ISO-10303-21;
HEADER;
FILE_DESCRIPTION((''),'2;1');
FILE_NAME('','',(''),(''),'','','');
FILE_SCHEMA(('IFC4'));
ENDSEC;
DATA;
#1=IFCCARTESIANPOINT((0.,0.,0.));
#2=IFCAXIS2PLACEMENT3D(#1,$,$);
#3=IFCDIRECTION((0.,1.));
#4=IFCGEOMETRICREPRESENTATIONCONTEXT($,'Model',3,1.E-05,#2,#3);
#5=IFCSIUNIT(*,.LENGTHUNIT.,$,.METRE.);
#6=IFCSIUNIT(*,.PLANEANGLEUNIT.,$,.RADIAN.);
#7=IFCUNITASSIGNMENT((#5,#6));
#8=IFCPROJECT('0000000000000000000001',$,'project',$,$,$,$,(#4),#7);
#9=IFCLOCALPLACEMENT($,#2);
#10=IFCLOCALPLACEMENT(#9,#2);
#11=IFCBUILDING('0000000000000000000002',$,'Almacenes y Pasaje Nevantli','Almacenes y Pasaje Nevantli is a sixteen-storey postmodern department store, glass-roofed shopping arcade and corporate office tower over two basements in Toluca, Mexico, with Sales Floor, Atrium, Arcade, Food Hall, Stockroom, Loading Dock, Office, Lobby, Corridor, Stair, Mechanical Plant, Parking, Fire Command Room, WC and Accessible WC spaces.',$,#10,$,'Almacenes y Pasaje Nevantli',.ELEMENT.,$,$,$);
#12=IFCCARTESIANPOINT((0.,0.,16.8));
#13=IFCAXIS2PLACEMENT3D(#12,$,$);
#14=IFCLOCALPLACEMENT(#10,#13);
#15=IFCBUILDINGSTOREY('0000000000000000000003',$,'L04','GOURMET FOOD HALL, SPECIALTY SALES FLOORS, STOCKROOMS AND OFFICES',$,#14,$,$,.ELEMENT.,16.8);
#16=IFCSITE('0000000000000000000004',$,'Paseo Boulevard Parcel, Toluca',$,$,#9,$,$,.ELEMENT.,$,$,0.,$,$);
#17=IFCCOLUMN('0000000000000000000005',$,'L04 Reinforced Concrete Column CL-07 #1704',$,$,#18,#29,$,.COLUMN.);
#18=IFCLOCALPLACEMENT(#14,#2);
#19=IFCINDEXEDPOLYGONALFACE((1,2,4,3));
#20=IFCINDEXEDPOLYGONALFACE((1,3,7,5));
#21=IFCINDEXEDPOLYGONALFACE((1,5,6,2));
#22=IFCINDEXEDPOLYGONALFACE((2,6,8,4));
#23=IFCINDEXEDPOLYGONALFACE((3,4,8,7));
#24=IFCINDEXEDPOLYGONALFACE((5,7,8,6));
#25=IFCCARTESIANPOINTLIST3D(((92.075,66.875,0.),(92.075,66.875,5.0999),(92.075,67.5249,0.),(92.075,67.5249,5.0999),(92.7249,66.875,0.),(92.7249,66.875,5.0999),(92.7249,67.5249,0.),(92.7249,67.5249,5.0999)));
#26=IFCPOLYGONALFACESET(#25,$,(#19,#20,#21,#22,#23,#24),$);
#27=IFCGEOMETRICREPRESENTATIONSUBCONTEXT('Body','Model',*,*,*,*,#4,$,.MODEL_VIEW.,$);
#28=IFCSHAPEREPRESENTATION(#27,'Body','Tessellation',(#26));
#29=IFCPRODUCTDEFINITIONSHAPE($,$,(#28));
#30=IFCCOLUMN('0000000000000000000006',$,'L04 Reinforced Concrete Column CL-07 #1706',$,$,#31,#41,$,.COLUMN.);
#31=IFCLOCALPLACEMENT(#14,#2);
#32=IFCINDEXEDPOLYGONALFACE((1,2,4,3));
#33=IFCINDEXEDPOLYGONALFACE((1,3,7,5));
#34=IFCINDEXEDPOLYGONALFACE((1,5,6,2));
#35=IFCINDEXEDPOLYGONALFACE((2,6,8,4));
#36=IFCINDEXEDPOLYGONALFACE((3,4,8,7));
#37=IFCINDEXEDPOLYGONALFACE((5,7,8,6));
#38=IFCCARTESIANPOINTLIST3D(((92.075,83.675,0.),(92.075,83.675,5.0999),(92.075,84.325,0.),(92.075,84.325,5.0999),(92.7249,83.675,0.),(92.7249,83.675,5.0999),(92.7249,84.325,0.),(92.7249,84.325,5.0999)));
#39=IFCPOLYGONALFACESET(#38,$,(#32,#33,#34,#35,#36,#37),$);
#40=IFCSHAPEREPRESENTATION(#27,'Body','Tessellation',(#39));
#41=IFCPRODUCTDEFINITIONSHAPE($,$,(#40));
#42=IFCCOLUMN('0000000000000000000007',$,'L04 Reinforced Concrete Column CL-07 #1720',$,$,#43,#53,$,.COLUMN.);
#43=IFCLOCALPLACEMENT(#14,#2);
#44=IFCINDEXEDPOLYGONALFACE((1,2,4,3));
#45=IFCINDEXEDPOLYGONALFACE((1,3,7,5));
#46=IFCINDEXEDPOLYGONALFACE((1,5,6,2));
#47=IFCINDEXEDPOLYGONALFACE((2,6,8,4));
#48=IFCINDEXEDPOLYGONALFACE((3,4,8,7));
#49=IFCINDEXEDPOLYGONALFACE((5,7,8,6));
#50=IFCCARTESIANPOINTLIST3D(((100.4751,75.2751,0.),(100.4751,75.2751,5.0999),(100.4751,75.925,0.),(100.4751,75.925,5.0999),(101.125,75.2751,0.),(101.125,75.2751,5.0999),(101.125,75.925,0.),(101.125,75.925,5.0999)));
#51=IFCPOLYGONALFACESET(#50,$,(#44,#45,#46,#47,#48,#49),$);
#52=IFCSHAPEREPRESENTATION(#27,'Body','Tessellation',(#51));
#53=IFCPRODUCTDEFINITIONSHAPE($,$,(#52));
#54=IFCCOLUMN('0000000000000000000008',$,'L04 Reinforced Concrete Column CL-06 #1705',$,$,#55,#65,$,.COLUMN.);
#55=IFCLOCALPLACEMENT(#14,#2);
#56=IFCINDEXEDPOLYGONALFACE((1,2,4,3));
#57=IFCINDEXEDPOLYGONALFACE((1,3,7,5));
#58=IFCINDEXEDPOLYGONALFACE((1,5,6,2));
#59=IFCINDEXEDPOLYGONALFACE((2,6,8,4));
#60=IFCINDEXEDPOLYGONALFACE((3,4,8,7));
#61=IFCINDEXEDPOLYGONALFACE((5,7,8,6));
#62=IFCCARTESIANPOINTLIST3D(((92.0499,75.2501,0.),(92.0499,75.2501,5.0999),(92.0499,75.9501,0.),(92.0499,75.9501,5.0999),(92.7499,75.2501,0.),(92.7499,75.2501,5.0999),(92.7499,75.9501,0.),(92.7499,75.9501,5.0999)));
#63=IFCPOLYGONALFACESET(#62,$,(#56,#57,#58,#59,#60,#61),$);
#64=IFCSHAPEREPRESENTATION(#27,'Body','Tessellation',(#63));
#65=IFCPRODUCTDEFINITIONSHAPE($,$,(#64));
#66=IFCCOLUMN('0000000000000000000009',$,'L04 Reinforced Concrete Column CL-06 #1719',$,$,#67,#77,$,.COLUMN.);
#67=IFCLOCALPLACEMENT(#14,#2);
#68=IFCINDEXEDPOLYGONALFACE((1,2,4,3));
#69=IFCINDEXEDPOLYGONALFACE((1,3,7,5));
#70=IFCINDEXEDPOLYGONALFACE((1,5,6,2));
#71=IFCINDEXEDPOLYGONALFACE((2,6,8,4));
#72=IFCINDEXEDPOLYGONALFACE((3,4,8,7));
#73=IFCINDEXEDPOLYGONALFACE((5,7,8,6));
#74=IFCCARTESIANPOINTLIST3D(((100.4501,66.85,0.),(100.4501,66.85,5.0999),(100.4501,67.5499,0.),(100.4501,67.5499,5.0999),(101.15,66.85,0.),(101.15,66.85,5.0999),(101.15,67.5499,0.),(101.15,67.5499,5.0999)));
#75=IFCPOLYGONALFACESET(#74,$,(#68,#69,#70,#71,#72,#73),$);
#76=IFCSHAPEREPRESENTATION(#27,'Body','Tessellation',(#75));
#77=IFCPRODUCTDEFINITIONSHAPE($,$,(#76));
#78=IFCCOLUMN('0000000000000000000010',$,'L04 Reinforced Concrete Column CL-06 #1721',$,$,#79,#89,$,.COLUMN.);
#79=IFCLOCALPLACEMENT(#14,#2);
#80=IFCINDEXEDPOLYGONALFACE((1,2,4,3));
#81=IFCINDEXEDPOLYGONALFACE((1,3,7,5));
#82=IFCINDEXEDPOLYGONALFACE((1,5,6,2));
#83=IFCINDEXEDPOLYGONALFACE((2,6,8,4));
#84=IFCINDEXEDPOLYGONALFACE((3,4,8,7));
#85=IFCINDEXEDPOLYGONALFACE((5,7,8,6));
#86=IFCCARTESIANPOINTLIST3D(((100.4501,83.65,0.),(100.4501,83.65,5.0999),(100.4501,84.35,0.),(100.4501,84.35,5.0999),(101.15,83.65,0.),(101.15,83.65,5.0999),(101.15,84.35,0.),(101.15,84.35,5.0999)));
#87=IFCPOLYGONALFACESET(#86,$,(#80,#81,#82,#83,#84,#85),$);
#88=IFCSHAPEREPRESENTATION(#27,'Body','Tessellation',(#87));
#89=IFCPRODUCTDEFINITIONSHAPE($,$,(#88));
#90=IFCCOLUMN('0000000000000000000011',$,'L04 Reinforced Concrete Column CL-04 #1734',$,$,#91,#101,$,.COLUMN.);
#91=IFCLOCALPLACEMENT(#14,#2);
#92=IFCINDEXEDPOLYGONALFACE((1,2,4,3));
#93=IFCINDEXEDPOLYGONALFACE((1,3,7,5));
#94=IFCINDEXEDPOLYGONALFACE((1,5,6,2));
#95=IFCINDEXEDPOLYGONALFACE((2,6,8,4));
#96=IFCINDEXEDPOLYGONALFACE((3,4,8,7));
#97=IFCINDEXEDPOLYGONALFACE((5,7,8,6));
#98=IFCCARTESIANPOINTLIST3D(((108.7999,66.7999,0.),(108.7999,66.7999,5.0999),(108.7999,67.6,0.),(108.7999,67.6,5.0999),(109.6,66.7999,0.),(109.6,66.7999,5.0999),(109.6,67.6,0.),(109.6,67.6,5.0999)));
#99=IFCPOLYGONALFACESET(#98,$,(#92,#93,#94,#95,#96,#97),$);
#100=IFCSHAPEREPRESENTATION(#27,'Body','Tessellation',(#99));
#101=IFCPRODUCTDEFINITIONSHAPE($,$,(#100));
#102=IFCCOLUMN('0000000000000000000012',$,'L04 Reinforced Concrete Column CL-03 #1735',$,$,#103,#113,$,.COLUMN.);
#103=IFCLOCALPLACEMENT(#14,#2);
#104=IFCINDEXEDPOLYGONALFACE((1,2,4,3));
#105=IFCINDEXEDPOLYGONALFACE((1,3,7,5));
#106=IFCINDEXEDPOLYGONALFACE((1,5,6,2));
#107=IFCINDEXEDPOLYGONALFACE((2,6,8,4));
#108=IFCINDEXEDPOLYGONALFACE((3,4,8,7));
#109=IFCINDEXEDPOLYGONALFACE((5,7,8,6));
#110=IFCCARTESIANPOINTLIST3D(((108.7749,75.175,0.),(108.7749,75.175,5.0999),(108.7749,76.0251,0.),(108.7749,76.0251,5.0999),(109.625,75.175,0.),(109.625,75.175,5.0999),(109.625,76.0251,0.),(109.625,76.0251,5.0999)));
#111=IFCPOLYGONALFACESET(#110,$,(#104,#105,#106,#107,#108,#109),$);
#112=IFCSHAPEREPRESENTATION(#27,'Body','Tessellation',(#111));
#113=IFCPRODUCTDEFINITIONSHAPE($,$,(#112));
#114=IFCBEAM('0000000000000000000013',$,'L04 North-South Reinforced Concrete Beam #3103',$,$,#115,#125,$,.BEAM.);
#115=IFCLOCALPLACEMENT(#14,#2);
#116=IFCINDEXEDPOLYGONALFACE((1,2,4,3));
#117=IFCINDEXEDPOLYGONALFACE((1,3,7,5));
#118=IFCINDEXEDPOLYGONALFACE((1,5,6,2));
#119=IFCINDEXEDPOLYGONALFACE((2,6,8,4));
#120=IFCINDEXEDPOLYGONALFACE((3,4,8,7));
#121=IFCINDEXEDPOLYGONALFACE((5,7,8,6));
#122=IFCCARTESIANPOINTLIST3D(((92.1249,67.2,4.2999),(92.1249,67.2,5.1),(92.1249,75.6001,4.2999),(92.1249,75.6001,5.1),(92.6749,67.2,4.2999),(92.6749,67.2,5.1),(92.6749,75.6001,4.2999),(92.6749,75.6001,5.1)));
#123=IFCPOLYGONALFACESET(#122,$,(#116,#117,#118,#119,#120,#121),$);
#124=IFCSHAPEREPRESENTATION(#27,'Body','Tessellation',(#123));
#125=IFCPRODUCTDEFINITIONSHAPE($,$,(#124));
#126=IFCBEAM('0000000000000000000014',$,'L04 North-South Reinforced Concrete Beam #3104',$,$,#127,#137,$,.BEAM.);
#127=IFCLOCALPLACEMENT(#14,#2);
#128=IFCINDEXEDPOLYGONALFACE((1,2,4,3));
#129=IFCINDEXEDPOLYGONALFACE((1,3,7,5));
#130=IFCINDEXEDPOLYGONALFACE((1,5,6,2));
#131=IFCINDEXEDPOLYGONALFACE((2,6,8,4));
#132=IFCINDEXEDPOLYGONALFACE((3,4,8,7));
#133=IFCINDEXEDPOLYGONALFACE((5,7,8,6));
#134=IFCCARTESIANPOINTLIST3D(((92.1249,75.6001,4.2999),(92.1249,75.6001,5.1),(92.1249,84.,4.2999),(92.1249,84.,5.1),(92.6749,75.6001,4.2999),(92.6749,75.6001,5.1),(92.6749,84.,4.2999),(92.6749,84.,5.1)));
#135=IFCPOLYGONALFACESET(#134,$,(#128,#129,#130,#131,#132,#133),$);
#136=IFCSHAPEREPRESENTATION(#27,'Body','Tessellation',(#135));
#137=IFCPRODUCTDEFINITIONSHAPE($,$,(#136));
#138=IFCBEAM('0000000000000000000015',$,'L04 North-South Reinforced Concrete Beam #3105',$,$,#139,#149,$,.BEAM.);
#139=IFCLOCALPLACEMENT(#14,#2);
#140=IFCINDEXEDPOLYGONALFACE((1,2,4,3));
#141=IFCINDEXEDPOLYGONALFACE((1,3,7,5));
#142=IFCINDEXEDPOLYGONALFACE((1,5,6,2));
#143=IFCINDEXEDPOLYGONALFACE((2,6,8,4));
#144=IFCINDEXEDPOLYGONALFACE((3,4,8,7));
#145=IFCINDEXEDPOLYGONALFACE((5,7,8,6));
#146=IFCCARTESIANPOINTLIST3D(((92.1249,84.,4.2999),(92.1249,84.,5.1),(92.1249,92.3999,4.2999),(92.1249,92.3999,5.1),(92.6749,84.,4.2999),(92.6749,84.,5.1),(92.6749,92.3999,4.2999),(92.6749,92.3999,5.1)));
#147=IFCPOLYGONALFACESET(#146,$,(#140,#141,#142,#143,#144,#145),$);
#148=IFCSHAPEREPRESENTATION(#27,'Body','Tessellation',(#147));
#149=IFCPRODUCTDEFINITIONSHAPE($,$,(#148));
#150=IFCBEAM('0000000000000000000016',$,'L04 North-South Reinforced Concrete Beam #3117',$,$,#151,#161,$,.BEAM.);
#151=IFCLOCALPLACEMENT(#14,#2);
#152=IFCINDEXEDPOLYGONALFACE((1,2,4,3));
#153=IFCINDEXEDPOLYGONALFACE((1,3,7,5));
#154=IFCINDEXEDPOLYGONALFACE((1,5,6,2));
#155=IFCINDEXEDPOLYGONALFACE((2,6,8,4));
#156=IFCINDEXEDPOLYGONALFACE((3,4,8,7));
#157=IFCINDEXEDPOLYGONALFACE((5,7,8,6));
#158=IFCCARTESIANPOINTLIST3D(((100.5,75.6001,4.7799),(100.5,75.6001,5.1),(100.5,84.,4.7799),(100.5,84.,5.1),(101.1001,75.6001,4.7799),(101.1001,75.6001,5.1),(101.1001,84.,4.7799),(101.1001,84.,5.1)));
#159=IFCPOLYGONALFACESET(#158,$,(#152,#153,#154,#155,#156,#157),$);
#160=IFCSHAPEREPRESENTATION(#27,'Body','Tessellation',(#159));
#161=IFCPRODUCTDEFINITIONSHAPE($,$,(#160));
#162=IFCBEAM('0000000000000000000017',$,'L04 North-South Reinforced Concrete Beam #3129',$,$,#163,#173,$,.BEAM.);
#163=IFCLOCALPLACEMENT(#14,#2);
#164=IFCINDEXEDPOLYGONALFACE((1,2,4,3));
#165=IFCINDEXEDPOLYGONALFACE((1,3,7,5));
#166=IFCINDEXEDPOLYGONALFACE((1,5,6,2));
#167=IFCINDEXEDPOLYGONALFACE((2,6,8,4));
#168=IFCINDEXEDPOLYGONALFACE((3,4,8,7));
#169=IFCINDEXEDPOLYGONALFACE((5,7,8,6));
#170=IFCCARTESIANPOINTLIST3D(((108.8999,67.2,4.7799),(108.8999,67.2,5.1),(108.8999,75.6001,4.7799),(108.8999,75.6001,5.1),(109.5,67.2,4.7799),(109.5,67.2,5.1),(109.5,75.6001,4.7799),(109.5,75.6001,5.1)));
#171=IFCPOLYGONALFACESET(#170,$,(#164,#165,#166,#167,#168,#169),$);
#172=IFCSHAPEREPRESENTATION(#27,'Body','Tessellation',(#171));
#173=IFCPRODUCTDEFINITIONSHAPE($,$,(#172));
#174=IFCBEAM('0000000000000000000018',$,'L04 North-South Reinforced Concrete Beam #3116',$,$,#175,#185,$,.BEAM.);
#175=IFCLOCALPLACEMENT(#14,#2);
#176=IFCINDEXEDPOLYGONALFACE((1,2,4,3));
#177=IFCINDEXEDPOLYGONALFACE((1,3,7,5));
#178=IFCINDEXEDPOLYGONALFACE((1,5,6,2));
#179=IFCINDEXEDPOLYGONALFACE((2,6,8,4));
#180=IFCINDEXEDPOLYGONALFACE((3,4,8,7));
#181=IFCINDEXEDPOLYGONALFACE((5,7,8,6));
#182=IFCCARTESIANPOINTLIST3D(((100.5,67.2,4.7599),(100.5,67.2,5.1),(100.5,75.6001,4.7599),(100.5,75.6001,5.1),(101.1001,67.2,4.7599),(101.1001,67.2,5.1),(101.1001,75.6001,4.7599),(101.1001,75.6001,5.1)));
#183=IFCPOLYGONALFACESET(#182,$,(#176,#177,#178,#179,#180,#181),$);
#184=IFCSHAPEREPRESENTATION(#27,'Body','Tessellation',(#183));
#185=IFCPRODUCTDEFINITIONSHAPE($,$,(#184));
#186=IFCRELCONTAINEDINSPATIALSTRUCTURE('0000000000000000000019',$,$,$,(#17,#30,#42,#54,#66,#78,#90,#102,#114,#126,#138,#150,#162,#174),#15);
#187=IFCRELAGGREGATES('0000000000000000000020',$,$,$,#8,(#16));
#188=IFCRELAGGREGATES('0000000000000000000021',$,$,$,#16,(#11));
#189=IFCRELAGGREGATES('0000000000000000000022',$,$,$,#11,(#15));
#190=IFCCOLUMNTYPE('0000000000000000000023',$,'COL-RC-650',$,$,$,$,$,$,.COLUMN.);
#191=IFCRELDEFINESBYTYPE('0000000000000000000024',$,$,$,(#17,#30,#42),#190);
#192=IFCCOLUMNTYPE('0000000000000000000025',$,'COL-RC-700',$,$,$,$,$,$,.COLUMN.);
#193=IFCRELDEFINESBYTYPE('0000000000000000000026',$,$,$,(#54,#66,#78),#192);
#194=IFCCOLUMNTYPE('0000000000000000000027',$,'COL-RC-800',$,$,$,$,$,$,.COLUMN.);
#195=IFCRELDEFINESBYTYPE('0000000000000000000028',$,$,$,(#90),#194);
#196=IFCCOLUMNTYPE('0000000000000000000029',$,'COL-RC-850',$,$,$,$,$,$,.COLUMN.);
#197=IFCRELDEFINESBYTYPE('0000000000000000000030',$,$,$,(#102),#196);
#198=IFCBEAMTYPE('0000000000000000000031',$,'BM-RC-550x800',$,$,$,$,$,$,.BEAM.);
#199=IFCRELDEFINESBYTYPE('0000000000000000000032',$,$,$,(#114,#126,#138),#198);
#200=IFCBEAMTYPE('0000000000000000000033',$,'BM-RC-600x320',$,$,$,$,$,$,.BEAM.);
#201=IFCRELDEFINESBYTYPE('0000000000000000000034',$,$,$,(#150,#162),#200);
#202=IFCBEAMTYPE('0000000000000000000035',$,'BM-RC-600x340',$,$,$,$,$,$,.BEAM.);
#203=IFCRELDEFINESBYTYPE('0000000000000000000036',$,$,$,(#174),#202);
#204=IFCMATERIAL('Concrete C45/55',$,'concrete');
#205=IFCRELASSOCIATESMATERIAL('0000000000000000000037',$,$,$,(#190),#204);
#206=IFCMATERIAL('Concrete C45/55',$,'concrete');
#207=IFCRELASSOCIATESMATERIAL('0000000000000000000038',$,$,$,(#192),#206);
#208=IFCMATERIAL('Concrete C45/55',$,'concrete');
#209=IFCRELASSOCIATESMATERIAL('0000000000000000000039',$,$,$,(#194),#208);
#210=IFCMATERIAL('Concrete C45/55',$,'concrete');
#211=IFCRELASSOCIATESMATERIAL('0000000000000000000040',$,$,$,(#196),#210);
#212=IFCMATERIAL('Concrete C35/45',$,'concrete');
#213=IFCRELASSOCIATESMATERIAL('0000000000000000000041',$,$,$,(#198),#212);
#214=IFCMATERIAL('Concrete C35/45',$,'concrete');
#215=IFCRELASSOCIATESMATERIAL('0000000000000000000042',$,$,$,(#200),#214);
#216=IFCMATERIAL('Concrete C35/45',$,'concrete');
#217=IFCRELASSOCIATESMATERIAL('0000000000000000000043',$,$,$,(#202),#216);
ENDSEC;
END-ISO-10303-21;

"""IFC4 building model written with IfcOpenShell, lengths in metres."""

from ifc_helpers import new_model, si_unit, direction, frame, origin, origin_2d, place, context, subcontext, project, spatial, rectangle, extrude, material, material_profile, profile_set, type_object, element, save


model = new_model("IFC4")

# Units and contexts
model_context = context("Model", 3, precision=1e-05, world=origin(), true_north=direction((0.0, 1.0)))
body_context = subcontext(model_context, "Body", "Model", "MODEL_VIEW")
ifc_project = project(units=[si_unit("LENGTHUNIT", "METRE"), si_unit("PLANEANGLEUNIT", "RADIAN")], contexts=[model_context])

# Site, building, storey
site_placement = place(None, origin())
site = spatial("IfcSite", under=ifc_project, at=site_placement, Name="Paseo Boulevard Parcel, Toluca", CompositionType="ELEMENT", RefElevation=0.0)
building_placement = place(site_placement, origin())
building = spatial("IfcBuilding", under=site, at=building_placement, Name="Almacenes y Pasaje Nevantli", Description="Almacenes y Pasaje Nevantli is a sixteen-storey postmodern department store, glass-roofed shopping arcade and corporate office tower over two basements in Toluca, Mexico, with Sales Floor, Atrium, Arcade, Food Hall, Stockroom, Loading Dock, Office, Lobby, Corridor, Stair, Mechanical Plant, Parking, Fire Command Room, WC and Accessible WC spaces.", LongName="Almacenes y Pasaje Nevantli", CompositionType="ELEMENT")
storey_placement = place(building_placement, frame((0.0, 0.0, 16.8)))
storey = spatial("IfcBuildingStorey", under=building, at=storey_placement, Name="L04", Description="GOURMET FOOD HALL, SPECIALTY SALES FLOORS, STOCKROOMS AND OFFICES", CompositionType="ELEMENT", Elevation=16.8)

# Columns
ifc_material_1 = material(Name="Concrete C45/55", Category="concrete")
ifc_material_profile_1 = material_profile(ifc_material_1, rectangle(XDim=0.6499, YDim=0.6499, at=origin_2d()), Name="RC-COL-650x650")
ifc_profile_set_1 = profile_set([ifc_material_profile_1], Name="Concrete C45/55")
column_type_1 = type_object("IfcColumnType", Name="COL-RC-650", PredefinedType="COLUMN", material=ifc_profile_set_1)
for number, where, z_axis, x_axis, name in (
    (1, (92.3999, 67.2, 0.0), (0.0, 0.0, 1.0), (1.0, 0.0, 0.0), "L04 Reinforced Concrete Column CL-07 #1704"),
    (2, (92.3999, 84.0, 0.0), (0.0, 0.0, 1.0), (1.0, 0.0, 0.0), "L04 Reinforced Concrete Column CL-07 #1706"),
    (3, (100.8, 75.6001, 0.0), (0.0, 0.0, 1.0), (1.0, 0.0, 0.0), "L04 Reinforced Concrete Column CL-07 #1720"),
):
    element("IfcColumn", number, at=place(storey_placement, frame(where, z_axis=z_axis, x_axis=x_axis)), inside=storey, type_object=column_type_1, Name=name, PredefinedType="COLUMN", context=body_context, shape_type="SweptSolid", body=[
        extrude(rectangle(XDim=0.6499, YDim=0.6499, at=origin_2d()), origin(), (0.0, 0.0, 1.0), 5.0999),
    ])
ifc_material_2 = material(Name="Concrete C45/55", Category="concrete")
ifc_material_profile_2 = material_profile(ifc_material_2, rectangle(XDim=0.7, YDim=0.7, at=origin_2d()), Name="RC-COL-700x700")
ifc_profile_set_2 = profile_set([ifc_material_profile_2], Name="Concrete C45/55")
column_type_2 = type_object("IfcColumnType", Name="COL-RC-700", PredefinedType="COLUMN", material=ifc_profile_set_2)
for number, where, z_axis, x_axis, name in (
    (4, (92.3999, 75.6001, 0.0), (0.0, 0.0, 1.0), (1.0, 0.0, 0.0), "L04 Reinforced Concrete Column CL-06 #1705"),
    (5, (100.8, 67.2, 0.0), (0.0, 0.0, 1.0), (1.0, 0.0, 0.0), "L04 Reinforced Concrete Column CL-06 #1719"),
    (6, (100.8, 84.0, 0.0), (0.0, 0.0, 1.0), (1.0, 0.0, 0.0), "L04 Reinforced Concrete Column CL-06 #1721"),
):
    element("IfcColumn", number, at=place(storey_placement, frame(where, z_axis=z_axis, x_axis=x_axis)), inside=storey, type_object=column_type_2, Name=name, PredefinedType="COLUMN", context=body_context, shape_type="SweptSolid", body=[
        extrude(rectangle(XDim=0.7, YDim=0.7, at=origin_2d()), origin(), (0.0, 0.0, 1.0), 5.0999),
    ])
ifc_material_3 = material(Name="Concrete C45/55", Category="concrete")
ifc_material_profile_3 = material_profile(ifc_material_3, rectangle(XDim=0.8, YDim=0.8, at=origin_2d()), Name="RC-COL-800x800")
ifc_profile_set_3 = profile_set([ifc_material_profile_3], Name="Concrete C45/55")
column_type_3 = type_object("IfcColumnType", Name="COL-RC-800", PredefinedType="COLUMN", material=ifc_profile_set_3)
column_1_placement = place(storey_placement, frame((109.2, 67.2, 0.0), z_axis=(0.0, 0.0, 1.0), x_axis=(1.0, 0.0, 0.0)))
element("IfcColumn", 7, at=column_1_placement, inside=storey, type_object=column_type_3, Name="L04 Reinforced Concrete Column CL-04 #1734", PredefinedType="COLUMN", context=body_context, shape_type="SweptSolid", body=[
    extrude(rectangle(XDim=0.8, YDim=0.8, at=origin_2d()), origin(), (0.0, 0.0, 1.0), 5.0999),
])
ifc_material_4 = material(Name="Concrete C45/55", Category="concrete")
ifc_material_profile_4 = material_profile(ifc_material_4, rectangle(XDim=0.8501, YDim=0.8501, at=origin_2d()), Name="RC-COL-850x850")
ifc_profile_set_4 = profile_set([ifc_material_profile_4], Name="Concrete C45/55")
column_type_4 = type_object("IfcColumnType", Name="COL-RC-850", PredefinedType="COLUMN", material=ifc_profile_set_4)
column_2_placement = place(storey_placement, frame((109.2, 75.6001, 0.0), z_axis=(0.0, 0.0, 1.0), x_axis=(1.0, 0.0, 0.0)))
element("IfcColumn", 8, at=column_2_placement, inside=storey, type_object=column_type_4, Name="L04 Reinforced Concrete Column CL-03 #1735", PredefinedType="COLUMN", context=body_context, shape_type="SweptSolid", body=[
    extrude(rectangle(XDim=0.8501, YDim=0.8501, at=origin_2d()), origin(), (0.0, 0.0, 1.0), 5.0999),
])

# Beams
ifc_material_5 = material(Name="Concrete C35/45", Category="concrete")
ifc_material_profile_5 = material_profile(ifc_material_5, rectangle(XDim=0.55, YDim=0.8, at=origin_2d()), Name="RC-BM-550x800")
ifc_profile_set_5 = profile_set([ifc_material_profile_5], Name="Concrete C35/45")
beam_type_1 = type_object("IfcBeamType", Name="BM-RC-550x800", PredefinedType="BEAM", material=ifc_profile_set_5)
beam_1_placement = place(storey_placement, frame((92.3999, 67.2, 4.7), z_axis=(0.0, 1.0, 0.0), x_axis=(-1.0, 0.0, 0.0)))
element("IfcBeam", 9, at=beam_1_placement, inside=storey, type_object=beam_type_1, Name="L04 North-South Reinforced Concrete Beam #3103", PredefinedType="BEAM", context=body_context, shape_type="SweptSolid", body=[
    extrude(rectangle(XDim=0.55, YDim=0.8, at=origin_2d()), origin(), (0.0, 0.0, 1.0), 8.4001),
])
for number, where, z_axis, x_axis, name in (
    (10, (92.3999, 75.6001, 4.7), (0.0, 1.0, 0.0), (-1.0, 0.0, 0.0), "L04 North-South Reinforced Concrete Beam #3104"),
    (11, (92.3999, 84.0, 4.7), (0.0, 1.0, 0.0), (-1.0, 0.0, 0.0), "L04 North-South Reinforced Concrete Beam #3105"),
):
    element("IfcBeam", number, at=place(storey_placement, frame(where, z_axis=z_axis, x_axis=x_axis)), inside=storey, type_object=beam_type_1, Name=name, PredefinedType="BEAM", context=body_context, shape_type="SweptSolid", body=[
        extrude(rectangle(XDim=0.55, YDim=0.8, at=origin_2d()), origin(), (0.0, 0.0, 1.0), 8.3999),
    ])
ifc_material_6 = material(Name="Concrete C35/45", Category="concrete")
ifc_material_profile_6 = material_profile(ifc_material_6, rectangle(XDim=0.6001, YDim=0.3201, at=origin_2d()), Name="RC-BM-600x320")
ifc_profile_set_6 = profile_set([ifc_material_profile_6], Name="Concrete C35/45")
beam_type_2 = type_object("IfcBeamType", Name="BM-RC-600x320", PredefinedType="BEAM", material=ifc_profile_set_6)
beam_2_placement = place(storey_placement, frame((100.8, 75.6001, 4.9399), z_axis=(0.0, 1.0, 0.0), x_axis=(-1.0, 0.0, 0.0)))
element("IfcBeam", 12, at=beam_2_placement, inside=storey, type_object=beam_type_2, Name="L04 North-South Reinforced Concrete Beam #3117", PredefinedType="BEAM", context=body_context, shape_type="SweptSolid", body=[
    extrude(rectangle(XDim=0.6001, YDim=0.3201, at=origin_2d()), origin(), (0.0, 0.0, 1.0), 8.3999),
])
beam_3_placement = place(storey_placement, frame((109.2, 67.2, 4.9399), z_axis=(0.0, 1.0, 0.0), x_axis=(-1.0, 0.0, 0.0)))
element("IfcBeam", 13, at=beam_3_placement, inside=storey, type_object=beam_type_2, Name="L04 North-South Reinforced Concrete Beam #3129", PredefinedType="BEAM", context=body_context, shape_type="SweptSolid", body=[
    extrude(rectangle(XDim=0.6001, YDim=0.3201, at=origin_2d()), origin(), (0.0, 0.0, 1.0), 8.4001),
])
ifc_material_7 = material(Name="Concrete C35/45", Category="concrete")
ifc_material_profile_7 = material_profile(ifc_material_7, rectangle(XDim=0.6001, YDim=0.3401, at=origin_2d()), Name="RC-BM-600x340")
ifc_profile_set_7 = profile_set([ifc_material_profile_7], Name="Concrete C35/45")
beam_type_3 = type_object("IfcBeamType", Name="BM-RC-600x340", PredefinedType="BEAM", material=ifc_profile_set_7)
beam_4_placement = place(storey_placement, frame((100.8, 67.2, 4.9299), z_axis=(0.0, 1.0, 0.0), x_axis=(-1.0, 0.0, 0.0)))
element("IfcBeam", 14, at=beam_4_placement, inside=storey, type_object=beam_type_3, Name="L04 North-South Reinforced Concrete Beam #3116", PredefinedType="BEAM", context=body_context, shape_type="SweptSolid", body=[
    extrude(rectangle(XDim=0.6001, YDim=0.3401, at=origin_2d()), origin(), (0.0, 0.0, 1.0), 8.4001),
])

save(model, "model.ifc")
